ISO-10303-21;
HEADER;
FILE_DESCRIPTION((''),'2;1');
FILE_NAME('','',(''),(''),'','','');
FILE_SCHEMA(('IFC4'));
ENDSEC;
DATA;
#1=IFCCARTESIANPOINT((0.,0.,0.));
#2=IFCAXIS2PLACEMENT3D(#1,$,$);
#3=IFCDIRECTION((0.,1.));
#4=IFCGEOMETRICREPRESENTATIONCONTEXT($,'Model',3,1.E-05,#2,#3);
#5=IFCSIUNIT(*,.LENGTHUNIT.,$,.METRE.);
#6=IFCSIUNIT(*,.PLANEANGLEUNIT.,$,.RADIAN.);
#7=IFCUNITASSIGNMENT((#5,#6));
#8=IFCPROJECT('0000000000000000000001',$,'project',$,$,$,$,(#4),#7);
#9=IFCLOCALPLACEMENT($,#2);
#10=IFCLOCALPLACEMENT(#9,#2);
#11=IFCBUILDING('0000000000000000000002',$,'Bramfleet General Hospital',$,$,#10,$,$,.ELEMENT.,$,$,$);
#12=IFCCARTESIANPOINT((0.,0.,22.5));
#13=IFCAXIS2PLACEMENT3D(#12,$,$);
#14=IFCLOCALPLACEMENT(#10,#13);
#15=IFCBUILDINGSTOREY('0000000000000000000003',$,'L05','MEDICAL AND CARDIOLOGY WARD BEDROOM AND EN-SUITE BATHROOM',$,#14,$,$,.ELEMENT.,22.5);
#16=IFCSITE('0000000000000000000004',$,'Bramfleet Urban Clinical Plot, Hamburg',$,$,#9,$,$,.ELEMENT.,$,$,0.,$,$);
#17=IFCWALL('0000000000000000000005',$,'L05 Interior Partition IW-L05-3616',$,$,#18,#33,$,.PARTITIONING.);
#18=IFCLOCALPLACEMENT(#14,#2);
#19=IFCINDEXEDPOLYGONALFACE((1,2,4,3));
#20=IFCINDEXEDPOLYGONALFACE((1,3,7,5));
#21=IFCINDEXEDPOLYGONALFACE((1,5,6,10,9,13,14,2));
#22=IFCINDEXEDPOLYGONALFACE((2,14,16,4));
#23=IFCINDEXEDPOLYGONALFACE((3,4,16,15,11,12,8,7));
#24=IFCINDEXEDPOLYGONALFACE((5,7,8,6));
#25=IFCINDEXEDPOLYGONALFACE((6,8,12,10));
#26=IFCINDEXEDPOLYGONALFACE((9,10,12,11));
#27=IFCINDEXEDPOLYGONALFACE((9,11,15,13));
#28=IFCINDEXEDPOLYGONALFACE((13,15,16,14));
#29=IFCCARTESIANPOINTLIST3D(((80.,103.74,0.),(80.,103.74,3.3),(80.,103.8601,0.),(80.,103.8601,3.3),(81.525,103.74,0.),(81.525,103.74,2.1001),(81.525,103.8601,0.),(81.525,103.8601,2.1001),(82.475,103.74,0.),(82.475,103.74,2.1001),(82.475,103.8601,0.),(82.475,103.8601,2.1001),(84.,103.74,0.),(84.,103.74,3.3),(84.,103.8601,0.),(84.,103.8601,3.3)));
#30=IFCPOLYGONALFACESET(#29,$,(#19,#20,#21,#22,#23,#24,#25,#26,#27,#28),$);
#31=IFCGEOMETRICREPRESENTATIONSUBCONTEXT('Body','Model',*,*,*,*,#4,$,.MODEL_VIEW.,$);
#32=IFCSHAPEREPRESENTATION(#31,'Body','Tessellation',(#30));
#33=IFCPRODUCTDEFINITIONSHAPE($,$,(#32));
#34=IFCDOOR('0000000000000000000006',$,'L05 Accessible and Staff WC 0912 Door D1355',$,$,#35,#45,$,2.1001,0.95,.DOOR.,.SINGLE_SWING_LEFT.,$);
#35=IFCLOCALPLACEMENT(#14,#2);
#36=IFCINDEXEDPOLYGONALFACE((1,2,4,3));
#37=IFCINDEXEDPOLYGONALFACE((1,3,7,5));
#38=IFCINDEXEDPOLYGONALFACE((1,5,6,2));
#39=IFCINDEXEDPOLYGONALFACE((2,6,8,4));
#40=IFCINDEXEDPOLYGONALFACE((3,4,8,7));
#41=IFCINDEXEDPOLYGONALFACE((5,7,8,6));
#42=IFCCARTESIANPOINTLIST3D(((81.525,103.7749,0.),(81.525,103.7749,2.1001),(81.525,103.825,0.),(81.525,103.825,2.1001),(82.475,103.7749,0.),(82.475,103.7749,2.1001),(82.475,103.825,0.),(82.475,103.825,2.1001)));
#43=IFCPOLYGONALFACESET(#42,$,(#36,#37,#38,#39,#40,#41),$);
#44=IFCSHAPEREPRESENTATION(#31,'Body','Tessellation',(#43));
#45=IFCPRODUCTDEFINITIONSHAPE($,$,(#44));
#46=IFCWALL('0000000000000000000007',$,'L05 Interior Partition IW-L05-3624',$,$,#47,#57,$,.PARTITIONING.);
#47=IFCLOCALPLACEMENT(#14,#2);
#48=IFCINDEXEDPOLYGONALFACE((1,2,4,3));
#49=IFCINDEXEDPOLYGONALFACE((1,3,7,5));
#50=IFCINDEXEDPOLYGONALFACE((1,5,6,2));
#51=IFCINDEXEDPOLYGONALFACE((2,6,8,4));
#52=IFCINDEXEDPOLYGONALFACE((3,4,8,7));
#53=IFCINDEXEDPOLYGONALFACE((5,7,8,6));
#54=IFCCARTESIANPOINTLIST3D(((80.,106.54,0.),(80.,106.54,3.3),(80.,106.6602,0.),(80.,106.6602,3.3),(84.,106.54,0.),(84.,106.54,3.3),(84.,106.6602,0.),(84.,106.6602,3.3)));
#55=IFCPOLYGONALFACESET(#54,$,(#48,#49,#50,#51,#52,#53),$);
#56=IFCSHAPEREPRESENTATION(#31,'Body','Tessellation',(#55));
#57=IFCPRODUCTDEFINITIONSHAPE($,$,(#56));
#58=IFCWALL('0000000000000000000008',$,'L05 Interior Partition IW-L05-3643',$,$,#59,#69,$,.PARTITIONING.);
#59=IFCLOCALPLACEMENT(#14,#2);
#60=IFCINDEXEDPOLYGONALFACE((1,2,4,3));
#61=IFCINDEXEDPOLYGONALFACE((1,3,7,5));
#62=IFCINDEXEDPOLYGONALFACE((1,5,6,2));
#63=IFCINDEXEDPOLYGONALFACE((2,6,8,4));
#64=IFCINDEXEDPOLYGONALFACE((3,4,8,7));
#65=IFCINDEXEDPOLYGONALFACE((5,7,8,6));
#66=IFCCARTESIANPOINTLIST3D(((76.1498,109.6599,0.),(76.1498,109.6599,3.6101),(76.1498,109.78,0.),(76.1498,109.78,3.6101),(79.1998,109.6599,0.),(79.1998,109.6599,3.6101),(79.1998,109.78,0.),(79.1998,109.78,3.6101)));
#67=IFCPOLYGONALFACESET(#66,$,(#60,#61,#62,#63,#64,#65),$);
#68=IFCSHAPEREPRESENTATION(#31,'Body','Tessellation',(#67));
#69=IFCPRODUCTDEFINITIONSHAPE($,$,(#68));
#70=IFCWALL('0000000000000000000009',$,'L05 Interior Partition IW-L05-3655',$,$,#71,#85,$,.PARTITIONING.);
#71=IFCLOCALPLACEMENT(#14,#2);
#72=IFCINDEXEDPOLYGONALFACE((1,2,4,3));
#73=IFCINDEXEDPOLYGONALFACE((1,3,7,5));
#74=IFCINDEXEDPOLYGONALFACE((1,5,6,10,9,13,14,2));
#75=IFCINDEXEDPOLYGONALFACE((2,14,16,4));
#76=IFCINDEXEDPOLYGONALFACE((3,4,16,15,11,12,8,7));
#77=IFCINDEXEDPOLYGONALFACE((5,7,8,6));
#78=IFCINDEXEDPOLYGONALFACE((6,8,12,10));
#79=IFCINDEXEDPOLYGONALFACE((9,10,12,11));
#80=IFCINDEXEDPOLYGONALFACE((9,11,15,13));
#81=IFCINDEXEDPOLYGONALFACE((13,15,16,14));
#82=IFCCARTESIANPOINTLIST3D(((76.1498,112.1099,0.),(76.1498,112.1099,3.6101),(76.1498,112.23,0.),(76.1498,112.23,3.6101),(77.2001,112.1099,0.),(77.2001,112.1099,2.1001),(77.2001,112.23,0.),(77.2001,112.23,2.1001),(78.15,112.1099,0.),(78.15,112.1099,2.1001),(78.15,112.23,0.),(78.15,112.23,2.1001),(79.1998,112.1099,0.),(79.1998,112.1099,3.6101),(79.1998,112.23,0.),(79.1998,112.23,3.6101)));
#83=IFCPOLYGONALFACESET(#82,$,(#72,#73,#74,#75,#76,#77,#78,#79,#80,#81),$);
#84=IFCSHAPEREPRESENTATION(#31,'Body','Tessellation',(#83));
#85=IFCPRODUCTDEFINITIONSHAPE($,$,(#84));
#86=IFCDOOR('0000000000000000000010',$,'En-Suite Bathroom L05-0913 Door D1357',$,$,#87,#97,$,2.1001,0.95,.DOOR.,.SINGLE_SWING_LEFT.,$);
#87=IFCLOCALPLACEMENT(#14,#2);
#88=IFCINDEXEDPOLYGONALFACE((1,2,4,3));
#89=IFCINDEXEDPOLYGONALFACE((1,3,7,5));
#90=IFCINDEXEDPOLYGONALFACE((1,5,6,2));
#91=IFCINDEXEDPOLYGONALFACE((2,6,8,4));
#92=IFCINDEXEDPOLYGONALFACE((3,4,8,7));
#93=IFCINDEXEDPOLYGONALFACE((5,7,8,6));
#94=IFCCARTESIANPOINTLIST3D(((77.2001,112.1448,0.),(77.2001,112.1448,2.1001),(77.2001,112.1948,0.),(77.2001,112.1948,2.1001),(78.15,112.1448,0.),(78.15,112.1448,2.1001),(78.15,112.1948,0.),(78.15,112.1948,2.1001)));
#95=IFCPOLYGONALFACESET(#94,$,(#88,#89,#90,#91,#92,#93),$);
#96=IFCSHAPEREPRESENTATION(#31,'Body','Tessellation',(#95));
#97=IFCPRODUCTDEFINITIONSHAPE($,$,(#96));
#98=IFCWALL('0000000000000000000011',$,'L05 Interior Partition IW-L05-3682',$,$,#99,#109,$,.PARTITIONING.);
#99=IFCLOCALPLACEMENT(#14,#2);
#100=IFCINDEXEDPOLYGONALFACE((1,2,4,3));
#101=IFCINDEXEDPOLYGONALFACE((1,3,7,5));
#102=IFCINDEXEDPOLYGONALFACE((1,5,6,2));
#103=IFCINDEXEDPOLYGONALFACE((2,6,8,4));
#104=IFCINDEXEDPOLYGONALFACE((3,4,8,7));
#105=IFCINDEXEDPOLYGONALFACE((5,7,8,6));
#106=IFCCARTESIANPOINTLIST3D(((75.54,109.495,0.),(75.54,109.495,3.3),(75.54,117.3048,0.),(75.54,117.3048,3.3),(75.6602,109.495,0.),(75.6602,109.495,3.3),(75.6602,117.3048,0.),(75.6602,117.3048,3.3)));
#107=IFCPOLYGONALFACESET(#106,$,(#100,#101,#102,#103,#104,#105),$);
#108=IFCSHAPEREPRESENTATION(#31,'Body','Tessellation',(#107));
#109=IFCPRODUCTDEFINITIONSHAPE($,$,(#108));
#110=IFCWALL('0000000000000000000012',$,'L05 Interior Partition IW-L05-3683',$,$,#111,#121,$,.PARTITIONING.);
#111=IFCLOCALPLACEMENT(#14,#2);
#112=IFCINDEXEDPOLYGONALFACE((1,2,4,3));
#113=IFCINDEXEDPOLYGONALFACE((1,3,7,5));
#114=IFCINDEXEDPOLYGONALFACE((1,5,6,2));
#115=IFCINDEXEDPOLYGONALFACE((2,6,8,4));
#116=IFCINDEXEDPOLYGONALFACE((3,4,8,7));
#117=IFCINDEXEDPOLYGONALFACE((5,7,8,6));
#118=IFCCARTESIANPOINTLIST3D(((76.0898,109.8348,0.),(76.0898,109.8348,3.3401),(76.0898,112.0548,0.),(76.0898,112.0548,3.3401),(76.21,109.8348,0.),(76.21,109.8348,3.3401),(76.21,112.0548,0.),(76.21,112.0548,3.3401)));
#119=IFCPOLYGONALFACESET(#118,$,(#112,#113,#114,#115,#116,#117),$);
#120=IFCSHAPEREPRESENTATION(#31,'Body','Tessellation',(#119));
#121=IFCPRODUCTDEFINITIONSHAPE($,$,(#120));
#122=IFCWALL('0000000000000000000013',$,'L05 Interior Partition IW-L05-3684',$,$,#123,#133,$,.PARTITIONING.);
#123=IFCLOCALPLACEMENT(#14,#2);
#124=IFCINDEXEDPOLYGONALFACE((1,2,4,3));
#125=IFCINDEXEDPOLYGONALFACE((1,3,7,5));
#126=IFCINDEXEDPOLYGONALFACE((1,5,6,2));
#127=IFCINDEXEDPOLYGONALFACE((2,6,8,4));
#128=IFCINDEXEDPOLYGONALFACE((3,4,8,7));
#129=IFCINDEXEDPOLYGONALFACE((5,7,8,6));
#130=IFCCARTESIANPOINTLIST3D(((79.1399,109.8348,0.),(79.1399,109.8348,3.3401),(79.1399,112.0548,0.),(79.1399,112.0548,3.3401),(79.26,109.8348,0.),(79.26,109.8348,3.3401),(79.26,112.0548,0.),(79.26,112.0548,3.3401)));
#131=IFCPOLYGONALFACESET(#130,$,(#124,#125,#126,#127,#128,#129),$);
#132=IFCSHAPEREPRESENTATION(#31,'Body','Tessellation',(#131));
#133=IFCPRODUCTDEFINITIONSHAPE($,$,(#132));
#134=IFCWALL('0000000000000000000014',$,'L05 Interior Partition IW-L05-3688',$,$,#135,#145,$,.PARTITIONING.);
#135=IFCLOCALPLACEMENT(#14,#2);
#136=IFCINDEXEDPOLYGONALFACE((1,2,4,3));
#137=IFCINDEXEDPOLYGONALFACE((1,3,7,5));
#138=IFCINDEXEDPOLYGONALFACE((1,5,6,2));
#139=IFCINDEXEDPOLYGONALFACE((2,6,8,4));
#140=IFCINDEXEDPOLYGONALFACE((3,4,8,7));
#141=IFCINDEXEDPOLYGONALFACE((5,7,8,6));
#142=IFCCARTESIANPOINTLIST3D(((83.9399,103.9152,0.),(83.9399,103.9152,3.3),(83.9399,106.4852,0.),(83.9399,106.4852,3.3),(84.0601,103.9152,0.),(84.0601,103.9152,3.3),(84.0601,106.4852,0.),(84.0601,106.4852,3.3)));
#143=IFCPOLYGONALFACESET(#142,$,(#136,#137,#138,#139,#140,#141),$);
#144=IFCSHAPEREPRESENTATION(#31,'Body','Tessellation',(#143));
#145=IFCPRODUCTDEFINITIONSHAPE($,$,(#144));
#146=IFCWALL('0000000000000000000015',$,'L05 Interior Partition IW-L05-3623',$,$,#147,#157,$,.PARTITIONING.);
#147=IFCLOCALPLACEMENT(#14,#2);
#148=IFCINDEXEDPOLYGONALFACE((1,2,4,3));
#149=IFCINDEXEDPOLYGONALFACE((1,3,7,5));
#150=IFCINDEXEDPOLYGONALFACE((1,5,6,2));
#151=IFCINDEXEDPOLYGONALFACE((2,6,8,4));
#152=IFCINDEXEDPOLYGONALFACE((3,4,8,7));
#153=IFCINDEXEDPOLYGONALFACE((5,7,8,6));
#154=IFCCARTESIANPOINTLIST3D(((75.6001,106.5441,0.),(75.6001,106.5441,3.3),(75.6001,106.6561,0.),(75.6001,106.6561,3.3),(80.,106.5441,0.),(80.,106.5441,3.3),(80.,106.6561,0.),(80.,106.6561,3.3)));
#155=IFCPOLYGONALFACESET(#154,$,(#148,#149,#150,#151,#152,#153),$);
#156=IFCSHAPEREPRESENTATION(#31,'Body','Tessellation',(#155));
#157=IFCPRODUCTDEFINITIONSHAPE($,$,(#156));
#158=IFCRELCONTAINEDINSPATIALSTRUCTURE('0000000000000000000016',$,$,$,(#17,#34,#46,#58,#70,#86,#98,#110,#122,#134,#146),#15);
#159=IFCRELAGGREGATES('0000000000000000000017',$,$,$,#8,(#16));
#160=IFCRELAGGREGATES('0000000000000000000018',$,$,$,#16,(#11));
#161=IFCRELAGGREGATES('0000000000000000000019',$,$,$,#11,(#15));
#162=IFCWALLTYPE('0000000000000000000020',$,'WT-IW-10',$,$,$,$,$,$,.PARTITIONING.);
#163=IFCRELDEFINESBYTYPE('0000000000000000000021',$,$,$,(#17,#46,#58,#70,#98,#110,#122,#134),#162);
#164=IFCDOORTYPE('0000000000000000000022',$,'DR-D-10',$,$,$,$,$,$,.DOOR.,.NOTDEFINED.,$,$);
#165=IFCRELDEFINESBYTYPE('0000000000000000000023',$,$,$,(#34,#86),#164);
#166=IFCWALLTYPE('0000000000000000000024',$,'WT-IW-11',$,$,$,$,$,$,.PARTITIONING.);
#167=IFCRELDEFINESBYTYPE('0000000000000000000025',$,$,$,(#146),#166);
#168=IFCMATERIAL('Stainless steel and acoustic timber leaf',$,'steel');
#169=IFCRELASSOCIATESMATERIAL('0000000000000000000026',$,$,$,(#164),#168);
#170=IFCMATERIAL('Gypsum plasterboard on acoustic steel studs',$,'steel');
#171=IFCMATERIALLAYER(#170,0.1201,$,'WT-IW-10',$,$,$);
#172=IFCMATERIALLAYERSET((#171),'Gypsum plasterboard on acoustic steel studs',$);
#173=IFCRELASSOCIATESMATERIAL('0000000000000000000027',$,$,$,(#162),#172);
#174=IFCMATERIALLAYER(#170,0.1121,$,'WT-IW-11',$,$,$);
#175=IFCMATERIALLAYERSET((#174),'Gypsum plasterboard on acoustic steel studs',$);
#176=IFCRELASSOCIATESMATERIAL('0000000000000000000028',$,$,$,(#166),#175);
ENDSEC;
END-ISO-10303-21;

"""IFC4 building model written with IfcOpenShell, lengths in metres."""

from ifc_helpers import new_model, si_unit, direction, frame, frame_2d, origin, place, context, subcontext, project, spatial, rectangle, extrude, material, layer, layer_set, type_object, element, fill, save


model = new_model("IFC4")

# Units and contexts
model_context = context("Model", 3, precision=1e-05, world=origin(), true_north=direction((0.0, 1.0)))
body_context = subcontext(model_context, "Body", "Model", "MODEL_VIEW")
ifc_project = project(units=[si_unit("LENGTHUNIT", "METRE"), si_unit("PLANEANGLEUNIT", "RADIAN")], contexts=[model_context])

# Site, building, storey
site_placement = place(None, origin())
site = spatial("IfcSite", under=ifc_project, at=site_placement, Name="Bramfleet Urban Clinical Plot, Hamburg", CompositionType="ELEMENT", RefElevation=0.0)
building_placement = place(site_placement, origin())
building = spatial("IfcBuilding", under=site, at=building_placement, Name="Bramfleet General Hospital", CompositionType="ELEMENT")
storey_placement = place(building_placement, frame((0.0, 0.0, 22.5)))
storey = spatial("IfcBuildingStorey", under=building, at=storey_placement, Name="L05", Description="MEDICAL AND CARDIOLOGY WARD BEDROOM AND EN-SUITE BATHROOM", CompositionType="ELEMENT", Elevation=22.5)

# Shared definitions
ifc_material_1 = material(Name="Stainless steel and acoustic timber leaf", Category="steel")

# Shared definitions
door_type_1 = type_object("IfcDoorType", Name="DR-D-10", OperationType="NOTDEFINED", PredefinedType="DOOR", material=ifc_material_1)

# Shared definitions
ifc_material_2 = material(Name="Gypsum plasterboard on acoustic steel studs", Category="steel")

# Wall, opening, door
ifc_layer_1 = layer(ifc_material_2, 0.1201, Name="WT-IW-10")
ifc_layer_set_1 = layer_set([ifc_layer_1], Name="Gypsum plasterboard on acoustic steel studs")
wall_type_1 = type_object("IfcWallType", Name="WT-IW-10", PredefinedType="PARTITIONING", material=ifc_layer_set_1)
wall_1_placement = place(storey_placement, frame((80.0, 103.8, 0.0), z_axis=(0.0, 0.0, 1.0), x_axis=(1.0, 0.0, 0.0)))
wall_1 = element("IfcWall", 1, at=wall_1_placement, inside=storey, type_object=wall_type_1, Name="L05 Interior Partition IW-L05-3616", PredefinedType="PARTITIONING", context=body_context, shape_type="SweptSolid", body=[
    extrude(rectangle(XDim=4.0, YDim=0.1201, at=frame_2d((2.0, 0.0))), origin(), (0.0, 0.0, 1.0), 3.3),
])
opening_1_placement = place(wall_1_placement, frame((1.5249, 0.0, 0.0)))
opening_1 = element("IfcOpeningElement", 2, at=opening_1_placement, cuts=wall_1, PredefinedType="OPENING", context=body_context, shape_type="SweptSolid", body=[
    extrude(rectangle(XDim=0.95, YDim=2.1001, at=frame_2d((0.4751, 1.05))), frame((0.0, 0.0701, 0.0), z_axis=(0.0, -1.0, 0.0), x_axis=(1.0, 0.0, 0.0)), (0.0, 0.0, 1.0), 0.1401),
])
door_1_placement = place(opening_1_placement, origin())
door_1 = element("IfcDoor", 3, at=door_1_placement, inside=storey, type_object=door_type_1, Name="L05 Accessible and Staff WC 0912 Door D1355", OperationType="SINGLE_SWING_LEFT", OverallHeight=2.1001, OverallWidth=0.95, PredefinedType="DOOR", context=body_context, shape_type="SweptSolid", body=[
    extrude(rectangle(XDim=0.95, YDim=2.1001, at=frame_2d((0.4751, 1.05))), frame((0.0, 0.0249, 0.0), z_axis=(0.0, -1.0, 0.0), x_axis=(1.0, 0.0, 0.0)), (0.0, 0.0, 1.0), 0.05),
])
fill(opening_1, door_1)

# Walls
wall_2_placement = place(storey_placement, frame((80.0, 106.6001, 0.0), z_axis=(0.0, 0.0, 1.0), x_axis=(1.0, 0.0, 0.0)))
element("IfcWall", 4, at=wall_2_placement, inside=storey, type_object=wall_type_1, Name="L05 Interior Partition IW-L05-3624", PredefinedType="PARTITIONING", context=body_context, shape_type="SweptSolid", body=[
    extrude(rectangle(XDim=4.0, YDim=0.1201, at=frame_2d((2.0, 0.0))), origin(), (0.0, 0.0, 1.0), 3.3),
])
wall_3_placement = place(storey_placement, frame((76.1499, 109.72, 0.0), z_axis=(0.0, 0.0, 1.0), x_axis=(1.0, 0.0, 0.0)))
element("IfcWall", 5, at=wall_3_placement, inside=storey, type_object=wall_type_1, Name="L05 Interior Partition IW-L05-3643", PredefinedType="PARTITIONING", context=body_context, shape_type="SweptSolid", body=[
    extrude(rectangle(XDim=3.05, YDim=0.1201, at=frame_2d((1.5249, 0.0))), origin(), (0.0, 0.0, 1.0), 3.6101),
])

# Wall, opening, door
wall_4_placement = place(storey_placement, frame((76.1499, 112.1699, 0.0), z_axis=(0.0, 0.0, 1.0), x_axis=(1.0, 0.0, 0.0)))
wall_4 = element("IfcWall", 6, at=wall_4_placement, inside=storey, type_object=wall_type_1, Name="L05 Interior Partition IW-L05-3655", PredefinedType="PARTITIONING", context=body_context, shape_type="SweptSolid", body=[
    extrude(rectangle(XDim=3.05, YDim=0.1201, at=frame_2d((1.5249, 0.0))), origin(), (0.0, 0.0, 1.0), 3.6101),
])
opening_2_placement = place(wall_4_placement, frame((1.05, 0.0, 0.0)))
opening_2 = element("IfcOpeningElement", 7, at=opening_2_placement, cuts=wall_4, PredefinedType="OPENING", context=body_context, shape_type="SweptSolid", body=[
    extrude(rectangle(XDim=0.95, YDim=2.1001, at=frame_2d((0.4751, 1.05))), frame((0.0, 0.0701, 0.0), z_axis=(0.0, -1.0, 0.0), x_axis=(1.0, 0.0, 0.0)), (0.0, 0.0, 1.0), 0.1401),
])
door_2_placement = place(opening_2_placement, origin())
door_2 = element("IfcDoor", 8, at=door_2_placement, inside=storey, type_object=door_type_1, Name="En-Suite Bathroom L05-0913 Door D1357", OperationType="SINGLE_SWING_LEFT", OverallHeight=2.1001, OverallWidth=0.95, PredefinedType="DOOR", context=body_context, shape_type="SweptSolid", body=[
    extrude(rectangle(XDim=0.95, YDim=2.1001, at=frame_2d((0.4751, 1.05))), frame((0.0, 0.0249, 0.0), z_axis=(0.0, -1.0, 0.0), x_axis=(1.0, 0.0, 0.0)), (0.0, 0.0, 1.0), 0.05),
])
fill(opening_2, door_2)

# Walls
wall_5_placement = place(storey_placement, frame((75.6001, 109.4951, 0.0), z_axis=(0.0, 0.0, 1.0), x_axis=(0.0, 1.0, 0.0)))
element("IfcWall", 9, at=wall_5_placement, inside=storey, type_object=wall_type_1, Name="L05 Interior Partition IW-L05-3682", PredefinedType="PARTITIONING", context=body_context, shape_type="SweptSolid", body=[
    extrude(rectangle(XDim=7.8098, YDim=0.1201, at=frame_2d((3.9048, 0.0))), origin(), (0.0, 0.0, 1.0), 3.3),
])
for number, where, z_axis, x_axis, name in (
    (10, (76.1499, 109.835, 0.0), (0.0, 0.0, 1.0), (0.0, 1.0, 0.0), "L05 Interior Partition IW-L05-3683"),
    (11, (79.2, 109.835, 0.0), (0.0, 0.0, 1.0), (0.0, 1.0, 0.0), "L05 Interior Partition IW-L05-3684"),
):
    element("IfcWall", number, at=place(storey_placement, frame(where, z_axis=z_axis, x_axis=x_axis)), inside=storey, type_object=wall_type_1, Name=name, PredefinedType="PARTITIONING", context=body_context, shape_type="SweptSolid", body=[
        extrude(rectangle(XDim=2.22, YDim=0.1201, at=frame_2d((1.1099, 0.0))), origin(), (0.0, 0.0, 1.0), 3.3401),
    ])
wall_6_placement = place(storey_placement, frame((84.0, 103.915, 0.0), z_axis=(0.0, 0.0, 1.0), x_axis=(0.0, 1.0, 0.0)))
element("IfcWall", 12, at=wall_6_placement, inside=storey, type_object=wall_type_1, Name="L05 Interior Partition IW-L05-3688", PredefinedType="PARTITIONING", context=body_context, shape_type="SweptSolid", body=[
    extrude(rectangle(XDim=2.5701, YDim=0.1201, at=frame_2d((1.2852, 0.0))), origin(), (0.0, 0.0, 1.0), 3.3),
])
ifc_layer_2 = layer(ifc_material_2, 0.1121, Name="WT-IW-11")
ifc_layer_set_2 = layer_set([ifc_layer_2], Name="Gypsum plasterboard on acoustic steel studs")
wall_type_2 = type_object("IfcWallType", Name="WT-IW-11", PredefinedType="PARTITIONING", material=ifc_layer_set_2)
wall_7_placement = place(storey_placement, frame((75.6001, 106.6001, 0.0), z_axis=(0.0, 0.0, 1.0), x_axis=(1.0, 0.0, 0.0)))
element("IfcWall", 13, at=wall_7_placement, inside=storey, type_object=wall_type_2, Name="L05 Interior Partition IW-L05-3623", PredefinedType="PARTITIONING", context=body_context, shape_type="SweptSolid", body=[
    extrude(rectangle(XDim=4.3999, YDim=0.1121, at=frame_2d((2.2, 0.0))), origin(), (0.0, 0.0, 1.0), 3.3),
])

save(model, "model.ifc")
